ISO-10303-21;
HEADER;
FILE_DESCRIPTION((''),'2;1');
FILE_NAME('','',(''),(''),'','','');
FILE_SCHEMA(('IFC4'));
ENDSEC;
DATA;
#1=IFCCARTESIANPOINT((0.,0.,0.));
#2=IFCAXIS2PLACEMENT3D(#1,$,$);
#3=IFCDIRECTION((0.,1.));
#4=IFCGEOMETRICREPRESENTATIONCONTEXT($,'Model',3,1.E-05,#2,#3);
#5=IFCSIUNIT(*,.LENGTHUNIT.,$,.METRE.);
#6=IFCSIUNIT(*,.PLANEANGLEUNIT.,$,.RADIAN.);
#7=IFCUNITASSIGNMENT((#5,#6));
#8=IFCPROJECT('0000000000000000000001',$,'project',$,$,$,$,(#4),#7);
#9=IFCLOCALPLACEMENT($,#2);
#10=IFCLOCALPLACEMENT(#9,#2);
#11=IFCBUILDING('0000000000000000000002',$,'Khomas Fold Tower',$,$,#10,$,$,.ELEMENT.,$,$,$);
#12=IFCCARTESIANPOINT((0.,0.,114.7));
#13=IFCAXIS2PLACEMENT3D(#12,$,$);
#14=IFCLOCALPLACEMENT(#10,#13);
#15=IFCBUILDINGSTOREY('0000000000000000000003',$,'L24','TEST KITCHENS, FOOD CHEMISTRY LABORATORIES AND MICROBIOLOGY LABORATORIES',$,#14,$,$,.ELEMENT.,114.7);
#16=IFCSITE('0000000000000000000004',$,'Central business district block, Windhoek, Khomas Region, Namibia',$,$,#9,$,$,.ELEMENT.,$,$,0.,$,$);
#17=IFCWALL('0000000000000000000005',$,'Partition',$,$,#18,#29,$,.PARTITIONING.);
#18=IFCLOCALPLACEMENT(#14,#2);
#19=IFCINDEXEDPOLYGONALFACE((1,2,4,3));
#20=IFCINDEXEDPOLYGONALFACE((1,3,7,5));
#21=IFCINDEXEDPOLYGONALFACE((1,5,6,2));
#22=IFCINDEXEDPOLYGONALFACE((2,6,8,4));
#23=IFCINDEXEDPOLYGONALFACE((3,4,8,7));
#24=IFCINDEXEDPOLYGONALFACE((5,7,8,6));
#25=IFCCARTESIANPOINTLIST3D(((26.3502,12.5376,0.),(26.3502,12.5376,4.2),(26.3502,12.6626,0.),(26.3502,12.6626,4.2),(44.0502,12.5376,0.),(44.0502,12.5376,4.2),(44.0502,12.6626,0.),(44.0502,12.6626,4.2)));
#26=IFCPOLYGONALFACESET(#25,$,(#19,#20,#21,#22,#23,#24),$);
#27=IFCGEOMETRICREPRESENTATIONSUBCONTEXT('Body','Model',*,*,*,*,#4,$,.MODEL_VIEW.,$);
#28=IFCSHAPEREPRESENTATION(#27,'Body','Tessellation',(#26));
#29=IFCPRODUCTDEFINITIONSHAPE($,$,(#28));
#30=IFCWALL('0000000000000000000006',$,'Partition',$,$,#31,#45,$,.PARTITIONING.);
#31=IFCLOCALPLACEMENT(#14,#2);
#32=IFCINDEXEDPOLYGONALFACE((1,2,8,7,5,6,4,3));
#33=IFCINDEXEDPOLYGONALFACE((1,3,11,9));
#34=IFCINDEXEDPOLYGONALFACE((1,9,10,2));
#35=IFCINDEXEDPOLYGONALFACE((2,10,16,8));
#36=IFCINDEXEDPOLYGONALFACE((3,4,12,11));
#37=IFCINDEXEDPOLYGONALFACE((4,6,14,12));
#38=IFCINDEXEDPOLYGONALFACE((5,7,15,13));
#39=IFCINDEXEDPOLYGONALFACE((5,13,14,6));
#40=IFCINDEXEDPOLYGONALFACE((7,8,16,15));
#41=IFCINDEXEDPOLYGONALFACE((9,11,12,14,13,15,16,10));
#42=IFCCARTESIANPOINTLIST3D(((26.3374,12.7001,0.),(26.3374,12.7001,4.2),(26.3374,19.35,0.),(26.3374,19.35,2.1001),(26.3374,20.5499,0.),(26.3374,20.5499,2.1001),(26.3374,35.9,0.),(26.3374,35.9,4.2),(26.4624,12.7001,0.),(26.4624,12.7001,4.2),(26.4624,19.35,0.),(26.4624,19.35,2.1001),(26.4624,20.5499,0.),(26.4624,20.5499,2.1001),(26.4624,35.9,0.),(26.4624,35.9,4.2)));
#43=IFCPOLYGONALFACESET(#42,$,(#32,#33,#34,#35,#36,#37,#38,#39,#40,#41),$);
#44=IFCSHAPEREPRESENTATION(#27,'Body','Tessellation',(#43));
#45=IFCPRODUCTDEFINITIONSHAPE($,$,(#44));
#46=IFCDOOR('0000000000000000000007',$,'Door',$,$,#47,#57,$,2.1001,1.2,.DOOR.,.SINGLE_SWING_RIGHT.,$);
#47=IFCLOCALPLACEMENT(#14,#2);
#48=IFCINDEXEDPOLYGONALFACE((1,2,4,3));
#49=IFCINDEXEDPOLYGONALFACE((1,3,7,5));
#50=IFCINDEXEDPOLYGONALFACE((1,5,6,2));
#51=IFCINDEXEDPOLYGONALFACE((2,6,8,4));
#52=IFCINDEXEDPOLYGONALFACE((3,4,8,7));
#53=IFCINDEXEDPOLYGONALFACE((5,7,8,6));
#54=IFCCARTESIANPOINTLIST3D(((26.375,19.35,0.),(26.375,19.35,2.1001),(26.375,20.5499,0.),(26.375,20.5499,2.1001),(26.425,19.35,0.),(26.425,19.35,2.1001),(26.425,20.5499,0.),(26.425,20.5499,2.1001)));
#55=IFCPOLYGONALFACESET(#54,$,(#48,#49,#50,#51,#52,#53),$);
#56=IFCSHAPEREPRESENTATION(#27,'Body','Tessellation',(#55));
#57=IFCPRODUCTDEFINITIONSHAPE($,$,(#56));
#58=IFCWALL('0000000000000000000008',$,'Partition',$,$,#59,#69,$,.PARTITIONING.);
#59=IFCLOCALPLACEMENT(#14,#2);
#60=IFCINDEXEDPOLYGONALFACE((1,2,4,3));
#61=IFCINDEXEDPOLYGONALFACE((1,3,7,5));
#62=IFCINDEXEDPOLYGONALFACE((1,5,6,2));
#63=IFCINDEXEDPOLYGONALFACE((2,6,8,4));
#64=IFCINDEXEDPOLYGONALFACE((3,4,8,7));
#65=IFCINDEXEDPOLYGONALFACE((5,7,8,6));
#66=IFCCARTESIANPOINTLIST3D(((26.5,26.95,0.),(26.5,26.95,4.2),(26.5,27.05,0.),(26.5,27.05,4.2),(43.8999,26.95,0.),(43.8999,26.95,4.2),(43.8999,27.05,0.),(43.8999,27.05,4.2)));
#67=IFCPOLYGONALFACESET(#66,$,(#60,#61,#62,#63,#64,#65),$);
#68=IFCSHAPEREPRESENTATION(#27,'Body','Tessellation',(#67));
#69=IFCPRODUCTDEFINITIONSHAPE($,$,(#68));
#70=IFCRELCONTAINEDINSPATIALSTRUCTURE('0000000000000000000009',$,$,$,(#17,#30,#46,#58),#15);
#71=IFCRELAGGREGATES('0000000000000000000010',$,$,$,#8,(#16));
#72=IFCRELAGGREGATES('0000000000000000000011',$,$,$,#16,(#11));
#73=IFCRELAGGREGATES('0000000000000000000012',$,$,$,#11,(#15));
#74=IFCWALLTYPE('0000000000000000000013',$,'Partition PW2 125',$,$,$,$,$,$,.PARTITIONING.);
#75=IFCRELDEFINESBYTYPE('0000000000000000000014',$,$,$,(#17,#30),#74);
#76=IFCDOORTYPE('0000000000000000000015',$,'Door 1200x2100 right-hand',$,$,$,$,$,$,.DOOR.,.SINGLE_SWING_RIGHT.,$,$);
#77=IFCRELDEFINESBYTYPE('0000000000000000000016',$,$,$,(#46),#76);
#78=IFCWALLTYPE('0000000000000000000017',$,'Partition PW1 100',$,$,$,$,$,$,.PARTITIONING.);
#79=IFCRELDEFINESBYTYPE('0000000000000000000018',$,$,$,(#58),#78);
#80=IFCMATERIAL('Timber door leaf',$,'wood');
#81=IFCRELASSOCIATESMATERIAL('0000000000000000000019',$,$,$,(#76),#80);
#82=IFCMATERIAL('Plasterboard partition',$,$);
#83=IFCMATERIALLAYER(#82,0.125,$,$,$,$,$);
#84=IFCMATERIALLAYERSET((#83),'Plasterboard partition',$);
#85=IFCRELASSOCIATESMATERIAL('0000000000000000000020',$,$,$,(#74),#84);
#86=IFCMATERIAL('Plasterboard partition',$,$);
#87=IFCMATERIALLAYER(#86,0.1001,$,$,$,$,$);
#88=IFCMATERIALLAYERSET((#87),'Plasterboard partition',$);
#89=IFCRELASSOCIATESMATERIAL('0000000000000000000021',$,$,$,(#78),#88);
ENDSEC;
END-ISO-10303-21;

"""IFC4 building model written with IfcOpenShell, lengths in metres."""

from ifc_helpers import new_model, si_unit, direction, frame, frame_2d, origin, place, context, subcontext, project, spatial, rectangle, extrude, source, transform, mapped, material, layer, layer_set, type_object, element, fill, save


model = new_model("IFC4")

# Units and contexts
model_context = context("Model", 3, precision=1e-05, world=origin(), true_north=direction((0.0, 1.0)))
body_context = subcontext(model_context, "Body", "Model", "MODEL_VIEW")
ifc_project = project(units=[si_unit("LENGTHUNIT", "METRE"), si_unit("PLANEANGLEUNIT", "RADIAN")], contexts=[model_context])

# Site, building, storey
site_placement = place(None, origin())
site = spatial("IfcSite", under=ifc_project, at=site_placement, Name="Central business district block, Windhoek, Khomas Region, Namibia", CompositionType="ELEMENT", RefElevation=0.0)
building_placement = place(site_placement, origin())
building = spatial("IfcBuilding", under=site, at=building_placement, Name="Khomas Fold Tower", CompositionType="ELEMENT")
storey_placement = place(building_placement, frame((0.0, 0.0, 114.7)))
storey = spatial("IfcBuildingStorey", under=building, at=storey_placement, Name="L24", Description="TEST KITCHENS, FOOD CHEMISTRY LABORATORIES AND MICROBIOLOGY LABORATORIES", CompositionType="ELEMENT", Elevation=114.7)

# Shared definitions
ifc_material_1 = material(Name="Timber door leaf", Category="wood")
door_type_1 = type_object("IfcDoorType", Name="Door 1200x2100 right-hand", OperationType="SINGLE_SWING_RIGHT", PredefinedType="DOOR", material=ifc_material_1)

# Shared definitions
ifc_material_2 = material(Name="Plasterboard partition")
ifc_layer_1 = layer(ifc_material_2, 0.125)
ifc_layer_set_1 = layer_set([ifc_layer_1], Name="Plasterboard partition")
wall_type_1 = type_object("IfcWallType", Name="Partition PW2 125", PredefinedType="PARTITIONING", material=ifc_layer_set_1)

# Shared definitions
shared_shape_1 = source(origin(), body_context, "Body", "SweptSolid", [
    extrude(rectangle(XDim=1.2, YDim=2.1001, at=frame_2d((0.6001, 1.05))), frame((0.0, 0.0725, 0.0), z_axis=(0.0, -1.0, 0.0), x_axis=(1.0, 0.0, 0.0)), (0.0, 0.0, 1.0), 0.145),
])
shared_shape_2 = source(origin(), body_context, "Body", "SweptSolid", [
    extrude(rectangle(XDim=1.2, YDim=2.1001, at=frame_2d((0.6001, 1.05))), frame((0.0, 0.0249, 0.0), z_axis=(0.0, -1.0, 0.0), x_axis=(1.0, 0.0, 0.0)), (0.0, 0.0, 1.0), 0.05),
])

# Wall
shared_shape_3 = source(origin(), body_context, "Body", "SweptSolid", [
    extrude(rectangle(XDim=17.7, YDim=0.125, at=frame_2d((8.8501, 0.0))), origin(), (0.0, 0.0, 1.0), 4.2),
])
wall_1_placement = place(storey_placement, frame((26.3501, 12.6001, 0.0), z_axis=(0.0, 0.0, 1.0), x_axis=(1.0, 0.0, 0.0)))
element("IfcWall", 1, at=wall_1_placement, inside=storey, type_object=wall_type_1, Name="Partition", PredefinedType="PARTITIONING", context=body_context, shape_type="MappedRepresentation", body=[
    mapped(shared_shape_3, transform((0.0, 0.0, 0.0))),
])

# Wall, opening, door
shared_shape_4 = source(origin(), body_context, "Body", "SweptSolid", [
    extrude(rectangle(XDim=23.2, YDim=0.125, at=frame_2d((11.6001, 0.0))), origin(), (0.0, 0.0, 1.0), 4.2),
])
wall_2_placement = place(storey_placement, frame((26.3999, 12.7, 0.0), z_axis=(0.0, 0.0, 1.0), x_axis=(0.0, 1.0, 0.0)))
wall_2 = element("IfcWall", 2, at=wall_2_placement, inside=storey, type_object=wall_type_1, Name="Partition", PredefinedType="PARTITIONING", context=body_context, shape_type="MappedRepresentation", body=[
    mapped(shared_shape_4, transform((0.0, 0.0, 0.0))),
])
opening_1_placement = place(wall_2_placement, frame((6.6499, 0.0, 0.0)))
opening_1 = element("IfcOpeningElement", 3, at=opening_1_placement, cuts=wall_2, PredefinedType="OPENING", context=body_context, shape_type="MappedRepresentation", body=[
    mapped(shared_shape_1, transform((0.0, 0.0, 0.0))),
])
door_1_placement = place(opening_1_placement, origin())
door_1 = element("IfcDoor", 4, at=door_1_placement, inside=storey, type_object=door_type_1, Name="Door", OperationType="SINGLE_SWING_RIGHT", OverallHeight=2.1001, OverallWidth=1.2, PredefinedType="DOOR", context=body_context, shape_type="MappedRepresentation", body=[
    mapped(shared_shape_2, transform((0.0, 0.0, 0.0))),
])
fill(opening_1, door_1)

# Wall
ifc_material_3 = material(Name="Plasterboard partition")
ifc_layer_2 = layer(ifc_material_3, 0.1001)
ifc_layer_set_2 = layer_set([ifc_layer_2], Name="Plasterboard partition")
wall_type_2 = type_object("IfcWallType", Name="Partition PW1 100", PredefinedType="PARTITIONING", material=ifc_layer_set_2)
shared_shape_5 = source(origin(), body_context, "Body", "SweptSolid", [
    extrude(rectangle(XDim=17.3999, YDim=0.1001, at=frame_2d((8.7, 0.0))), origin(), (0.0, 0.0, 1.0), 4.2),
])
wall_3_placement = place(storey_placement, frame((26.5, 27.0, 0.0), z_axis=(0.0, 0.0, 1.0), x_axis=(1.0, 0.0, 0.0)))
element("IfcWall", 5, at=wall_3_placement, inside=storey, type_object=wall_type_2, Name="Partition", PredefinedType="PARTITIONING", context=body_context, shape_type="MappedRepresentation", body=[
    mapped(shared_shape_5, transform((0.0, 0.0, 0.0))),
])

save(model, "model.ifc")
